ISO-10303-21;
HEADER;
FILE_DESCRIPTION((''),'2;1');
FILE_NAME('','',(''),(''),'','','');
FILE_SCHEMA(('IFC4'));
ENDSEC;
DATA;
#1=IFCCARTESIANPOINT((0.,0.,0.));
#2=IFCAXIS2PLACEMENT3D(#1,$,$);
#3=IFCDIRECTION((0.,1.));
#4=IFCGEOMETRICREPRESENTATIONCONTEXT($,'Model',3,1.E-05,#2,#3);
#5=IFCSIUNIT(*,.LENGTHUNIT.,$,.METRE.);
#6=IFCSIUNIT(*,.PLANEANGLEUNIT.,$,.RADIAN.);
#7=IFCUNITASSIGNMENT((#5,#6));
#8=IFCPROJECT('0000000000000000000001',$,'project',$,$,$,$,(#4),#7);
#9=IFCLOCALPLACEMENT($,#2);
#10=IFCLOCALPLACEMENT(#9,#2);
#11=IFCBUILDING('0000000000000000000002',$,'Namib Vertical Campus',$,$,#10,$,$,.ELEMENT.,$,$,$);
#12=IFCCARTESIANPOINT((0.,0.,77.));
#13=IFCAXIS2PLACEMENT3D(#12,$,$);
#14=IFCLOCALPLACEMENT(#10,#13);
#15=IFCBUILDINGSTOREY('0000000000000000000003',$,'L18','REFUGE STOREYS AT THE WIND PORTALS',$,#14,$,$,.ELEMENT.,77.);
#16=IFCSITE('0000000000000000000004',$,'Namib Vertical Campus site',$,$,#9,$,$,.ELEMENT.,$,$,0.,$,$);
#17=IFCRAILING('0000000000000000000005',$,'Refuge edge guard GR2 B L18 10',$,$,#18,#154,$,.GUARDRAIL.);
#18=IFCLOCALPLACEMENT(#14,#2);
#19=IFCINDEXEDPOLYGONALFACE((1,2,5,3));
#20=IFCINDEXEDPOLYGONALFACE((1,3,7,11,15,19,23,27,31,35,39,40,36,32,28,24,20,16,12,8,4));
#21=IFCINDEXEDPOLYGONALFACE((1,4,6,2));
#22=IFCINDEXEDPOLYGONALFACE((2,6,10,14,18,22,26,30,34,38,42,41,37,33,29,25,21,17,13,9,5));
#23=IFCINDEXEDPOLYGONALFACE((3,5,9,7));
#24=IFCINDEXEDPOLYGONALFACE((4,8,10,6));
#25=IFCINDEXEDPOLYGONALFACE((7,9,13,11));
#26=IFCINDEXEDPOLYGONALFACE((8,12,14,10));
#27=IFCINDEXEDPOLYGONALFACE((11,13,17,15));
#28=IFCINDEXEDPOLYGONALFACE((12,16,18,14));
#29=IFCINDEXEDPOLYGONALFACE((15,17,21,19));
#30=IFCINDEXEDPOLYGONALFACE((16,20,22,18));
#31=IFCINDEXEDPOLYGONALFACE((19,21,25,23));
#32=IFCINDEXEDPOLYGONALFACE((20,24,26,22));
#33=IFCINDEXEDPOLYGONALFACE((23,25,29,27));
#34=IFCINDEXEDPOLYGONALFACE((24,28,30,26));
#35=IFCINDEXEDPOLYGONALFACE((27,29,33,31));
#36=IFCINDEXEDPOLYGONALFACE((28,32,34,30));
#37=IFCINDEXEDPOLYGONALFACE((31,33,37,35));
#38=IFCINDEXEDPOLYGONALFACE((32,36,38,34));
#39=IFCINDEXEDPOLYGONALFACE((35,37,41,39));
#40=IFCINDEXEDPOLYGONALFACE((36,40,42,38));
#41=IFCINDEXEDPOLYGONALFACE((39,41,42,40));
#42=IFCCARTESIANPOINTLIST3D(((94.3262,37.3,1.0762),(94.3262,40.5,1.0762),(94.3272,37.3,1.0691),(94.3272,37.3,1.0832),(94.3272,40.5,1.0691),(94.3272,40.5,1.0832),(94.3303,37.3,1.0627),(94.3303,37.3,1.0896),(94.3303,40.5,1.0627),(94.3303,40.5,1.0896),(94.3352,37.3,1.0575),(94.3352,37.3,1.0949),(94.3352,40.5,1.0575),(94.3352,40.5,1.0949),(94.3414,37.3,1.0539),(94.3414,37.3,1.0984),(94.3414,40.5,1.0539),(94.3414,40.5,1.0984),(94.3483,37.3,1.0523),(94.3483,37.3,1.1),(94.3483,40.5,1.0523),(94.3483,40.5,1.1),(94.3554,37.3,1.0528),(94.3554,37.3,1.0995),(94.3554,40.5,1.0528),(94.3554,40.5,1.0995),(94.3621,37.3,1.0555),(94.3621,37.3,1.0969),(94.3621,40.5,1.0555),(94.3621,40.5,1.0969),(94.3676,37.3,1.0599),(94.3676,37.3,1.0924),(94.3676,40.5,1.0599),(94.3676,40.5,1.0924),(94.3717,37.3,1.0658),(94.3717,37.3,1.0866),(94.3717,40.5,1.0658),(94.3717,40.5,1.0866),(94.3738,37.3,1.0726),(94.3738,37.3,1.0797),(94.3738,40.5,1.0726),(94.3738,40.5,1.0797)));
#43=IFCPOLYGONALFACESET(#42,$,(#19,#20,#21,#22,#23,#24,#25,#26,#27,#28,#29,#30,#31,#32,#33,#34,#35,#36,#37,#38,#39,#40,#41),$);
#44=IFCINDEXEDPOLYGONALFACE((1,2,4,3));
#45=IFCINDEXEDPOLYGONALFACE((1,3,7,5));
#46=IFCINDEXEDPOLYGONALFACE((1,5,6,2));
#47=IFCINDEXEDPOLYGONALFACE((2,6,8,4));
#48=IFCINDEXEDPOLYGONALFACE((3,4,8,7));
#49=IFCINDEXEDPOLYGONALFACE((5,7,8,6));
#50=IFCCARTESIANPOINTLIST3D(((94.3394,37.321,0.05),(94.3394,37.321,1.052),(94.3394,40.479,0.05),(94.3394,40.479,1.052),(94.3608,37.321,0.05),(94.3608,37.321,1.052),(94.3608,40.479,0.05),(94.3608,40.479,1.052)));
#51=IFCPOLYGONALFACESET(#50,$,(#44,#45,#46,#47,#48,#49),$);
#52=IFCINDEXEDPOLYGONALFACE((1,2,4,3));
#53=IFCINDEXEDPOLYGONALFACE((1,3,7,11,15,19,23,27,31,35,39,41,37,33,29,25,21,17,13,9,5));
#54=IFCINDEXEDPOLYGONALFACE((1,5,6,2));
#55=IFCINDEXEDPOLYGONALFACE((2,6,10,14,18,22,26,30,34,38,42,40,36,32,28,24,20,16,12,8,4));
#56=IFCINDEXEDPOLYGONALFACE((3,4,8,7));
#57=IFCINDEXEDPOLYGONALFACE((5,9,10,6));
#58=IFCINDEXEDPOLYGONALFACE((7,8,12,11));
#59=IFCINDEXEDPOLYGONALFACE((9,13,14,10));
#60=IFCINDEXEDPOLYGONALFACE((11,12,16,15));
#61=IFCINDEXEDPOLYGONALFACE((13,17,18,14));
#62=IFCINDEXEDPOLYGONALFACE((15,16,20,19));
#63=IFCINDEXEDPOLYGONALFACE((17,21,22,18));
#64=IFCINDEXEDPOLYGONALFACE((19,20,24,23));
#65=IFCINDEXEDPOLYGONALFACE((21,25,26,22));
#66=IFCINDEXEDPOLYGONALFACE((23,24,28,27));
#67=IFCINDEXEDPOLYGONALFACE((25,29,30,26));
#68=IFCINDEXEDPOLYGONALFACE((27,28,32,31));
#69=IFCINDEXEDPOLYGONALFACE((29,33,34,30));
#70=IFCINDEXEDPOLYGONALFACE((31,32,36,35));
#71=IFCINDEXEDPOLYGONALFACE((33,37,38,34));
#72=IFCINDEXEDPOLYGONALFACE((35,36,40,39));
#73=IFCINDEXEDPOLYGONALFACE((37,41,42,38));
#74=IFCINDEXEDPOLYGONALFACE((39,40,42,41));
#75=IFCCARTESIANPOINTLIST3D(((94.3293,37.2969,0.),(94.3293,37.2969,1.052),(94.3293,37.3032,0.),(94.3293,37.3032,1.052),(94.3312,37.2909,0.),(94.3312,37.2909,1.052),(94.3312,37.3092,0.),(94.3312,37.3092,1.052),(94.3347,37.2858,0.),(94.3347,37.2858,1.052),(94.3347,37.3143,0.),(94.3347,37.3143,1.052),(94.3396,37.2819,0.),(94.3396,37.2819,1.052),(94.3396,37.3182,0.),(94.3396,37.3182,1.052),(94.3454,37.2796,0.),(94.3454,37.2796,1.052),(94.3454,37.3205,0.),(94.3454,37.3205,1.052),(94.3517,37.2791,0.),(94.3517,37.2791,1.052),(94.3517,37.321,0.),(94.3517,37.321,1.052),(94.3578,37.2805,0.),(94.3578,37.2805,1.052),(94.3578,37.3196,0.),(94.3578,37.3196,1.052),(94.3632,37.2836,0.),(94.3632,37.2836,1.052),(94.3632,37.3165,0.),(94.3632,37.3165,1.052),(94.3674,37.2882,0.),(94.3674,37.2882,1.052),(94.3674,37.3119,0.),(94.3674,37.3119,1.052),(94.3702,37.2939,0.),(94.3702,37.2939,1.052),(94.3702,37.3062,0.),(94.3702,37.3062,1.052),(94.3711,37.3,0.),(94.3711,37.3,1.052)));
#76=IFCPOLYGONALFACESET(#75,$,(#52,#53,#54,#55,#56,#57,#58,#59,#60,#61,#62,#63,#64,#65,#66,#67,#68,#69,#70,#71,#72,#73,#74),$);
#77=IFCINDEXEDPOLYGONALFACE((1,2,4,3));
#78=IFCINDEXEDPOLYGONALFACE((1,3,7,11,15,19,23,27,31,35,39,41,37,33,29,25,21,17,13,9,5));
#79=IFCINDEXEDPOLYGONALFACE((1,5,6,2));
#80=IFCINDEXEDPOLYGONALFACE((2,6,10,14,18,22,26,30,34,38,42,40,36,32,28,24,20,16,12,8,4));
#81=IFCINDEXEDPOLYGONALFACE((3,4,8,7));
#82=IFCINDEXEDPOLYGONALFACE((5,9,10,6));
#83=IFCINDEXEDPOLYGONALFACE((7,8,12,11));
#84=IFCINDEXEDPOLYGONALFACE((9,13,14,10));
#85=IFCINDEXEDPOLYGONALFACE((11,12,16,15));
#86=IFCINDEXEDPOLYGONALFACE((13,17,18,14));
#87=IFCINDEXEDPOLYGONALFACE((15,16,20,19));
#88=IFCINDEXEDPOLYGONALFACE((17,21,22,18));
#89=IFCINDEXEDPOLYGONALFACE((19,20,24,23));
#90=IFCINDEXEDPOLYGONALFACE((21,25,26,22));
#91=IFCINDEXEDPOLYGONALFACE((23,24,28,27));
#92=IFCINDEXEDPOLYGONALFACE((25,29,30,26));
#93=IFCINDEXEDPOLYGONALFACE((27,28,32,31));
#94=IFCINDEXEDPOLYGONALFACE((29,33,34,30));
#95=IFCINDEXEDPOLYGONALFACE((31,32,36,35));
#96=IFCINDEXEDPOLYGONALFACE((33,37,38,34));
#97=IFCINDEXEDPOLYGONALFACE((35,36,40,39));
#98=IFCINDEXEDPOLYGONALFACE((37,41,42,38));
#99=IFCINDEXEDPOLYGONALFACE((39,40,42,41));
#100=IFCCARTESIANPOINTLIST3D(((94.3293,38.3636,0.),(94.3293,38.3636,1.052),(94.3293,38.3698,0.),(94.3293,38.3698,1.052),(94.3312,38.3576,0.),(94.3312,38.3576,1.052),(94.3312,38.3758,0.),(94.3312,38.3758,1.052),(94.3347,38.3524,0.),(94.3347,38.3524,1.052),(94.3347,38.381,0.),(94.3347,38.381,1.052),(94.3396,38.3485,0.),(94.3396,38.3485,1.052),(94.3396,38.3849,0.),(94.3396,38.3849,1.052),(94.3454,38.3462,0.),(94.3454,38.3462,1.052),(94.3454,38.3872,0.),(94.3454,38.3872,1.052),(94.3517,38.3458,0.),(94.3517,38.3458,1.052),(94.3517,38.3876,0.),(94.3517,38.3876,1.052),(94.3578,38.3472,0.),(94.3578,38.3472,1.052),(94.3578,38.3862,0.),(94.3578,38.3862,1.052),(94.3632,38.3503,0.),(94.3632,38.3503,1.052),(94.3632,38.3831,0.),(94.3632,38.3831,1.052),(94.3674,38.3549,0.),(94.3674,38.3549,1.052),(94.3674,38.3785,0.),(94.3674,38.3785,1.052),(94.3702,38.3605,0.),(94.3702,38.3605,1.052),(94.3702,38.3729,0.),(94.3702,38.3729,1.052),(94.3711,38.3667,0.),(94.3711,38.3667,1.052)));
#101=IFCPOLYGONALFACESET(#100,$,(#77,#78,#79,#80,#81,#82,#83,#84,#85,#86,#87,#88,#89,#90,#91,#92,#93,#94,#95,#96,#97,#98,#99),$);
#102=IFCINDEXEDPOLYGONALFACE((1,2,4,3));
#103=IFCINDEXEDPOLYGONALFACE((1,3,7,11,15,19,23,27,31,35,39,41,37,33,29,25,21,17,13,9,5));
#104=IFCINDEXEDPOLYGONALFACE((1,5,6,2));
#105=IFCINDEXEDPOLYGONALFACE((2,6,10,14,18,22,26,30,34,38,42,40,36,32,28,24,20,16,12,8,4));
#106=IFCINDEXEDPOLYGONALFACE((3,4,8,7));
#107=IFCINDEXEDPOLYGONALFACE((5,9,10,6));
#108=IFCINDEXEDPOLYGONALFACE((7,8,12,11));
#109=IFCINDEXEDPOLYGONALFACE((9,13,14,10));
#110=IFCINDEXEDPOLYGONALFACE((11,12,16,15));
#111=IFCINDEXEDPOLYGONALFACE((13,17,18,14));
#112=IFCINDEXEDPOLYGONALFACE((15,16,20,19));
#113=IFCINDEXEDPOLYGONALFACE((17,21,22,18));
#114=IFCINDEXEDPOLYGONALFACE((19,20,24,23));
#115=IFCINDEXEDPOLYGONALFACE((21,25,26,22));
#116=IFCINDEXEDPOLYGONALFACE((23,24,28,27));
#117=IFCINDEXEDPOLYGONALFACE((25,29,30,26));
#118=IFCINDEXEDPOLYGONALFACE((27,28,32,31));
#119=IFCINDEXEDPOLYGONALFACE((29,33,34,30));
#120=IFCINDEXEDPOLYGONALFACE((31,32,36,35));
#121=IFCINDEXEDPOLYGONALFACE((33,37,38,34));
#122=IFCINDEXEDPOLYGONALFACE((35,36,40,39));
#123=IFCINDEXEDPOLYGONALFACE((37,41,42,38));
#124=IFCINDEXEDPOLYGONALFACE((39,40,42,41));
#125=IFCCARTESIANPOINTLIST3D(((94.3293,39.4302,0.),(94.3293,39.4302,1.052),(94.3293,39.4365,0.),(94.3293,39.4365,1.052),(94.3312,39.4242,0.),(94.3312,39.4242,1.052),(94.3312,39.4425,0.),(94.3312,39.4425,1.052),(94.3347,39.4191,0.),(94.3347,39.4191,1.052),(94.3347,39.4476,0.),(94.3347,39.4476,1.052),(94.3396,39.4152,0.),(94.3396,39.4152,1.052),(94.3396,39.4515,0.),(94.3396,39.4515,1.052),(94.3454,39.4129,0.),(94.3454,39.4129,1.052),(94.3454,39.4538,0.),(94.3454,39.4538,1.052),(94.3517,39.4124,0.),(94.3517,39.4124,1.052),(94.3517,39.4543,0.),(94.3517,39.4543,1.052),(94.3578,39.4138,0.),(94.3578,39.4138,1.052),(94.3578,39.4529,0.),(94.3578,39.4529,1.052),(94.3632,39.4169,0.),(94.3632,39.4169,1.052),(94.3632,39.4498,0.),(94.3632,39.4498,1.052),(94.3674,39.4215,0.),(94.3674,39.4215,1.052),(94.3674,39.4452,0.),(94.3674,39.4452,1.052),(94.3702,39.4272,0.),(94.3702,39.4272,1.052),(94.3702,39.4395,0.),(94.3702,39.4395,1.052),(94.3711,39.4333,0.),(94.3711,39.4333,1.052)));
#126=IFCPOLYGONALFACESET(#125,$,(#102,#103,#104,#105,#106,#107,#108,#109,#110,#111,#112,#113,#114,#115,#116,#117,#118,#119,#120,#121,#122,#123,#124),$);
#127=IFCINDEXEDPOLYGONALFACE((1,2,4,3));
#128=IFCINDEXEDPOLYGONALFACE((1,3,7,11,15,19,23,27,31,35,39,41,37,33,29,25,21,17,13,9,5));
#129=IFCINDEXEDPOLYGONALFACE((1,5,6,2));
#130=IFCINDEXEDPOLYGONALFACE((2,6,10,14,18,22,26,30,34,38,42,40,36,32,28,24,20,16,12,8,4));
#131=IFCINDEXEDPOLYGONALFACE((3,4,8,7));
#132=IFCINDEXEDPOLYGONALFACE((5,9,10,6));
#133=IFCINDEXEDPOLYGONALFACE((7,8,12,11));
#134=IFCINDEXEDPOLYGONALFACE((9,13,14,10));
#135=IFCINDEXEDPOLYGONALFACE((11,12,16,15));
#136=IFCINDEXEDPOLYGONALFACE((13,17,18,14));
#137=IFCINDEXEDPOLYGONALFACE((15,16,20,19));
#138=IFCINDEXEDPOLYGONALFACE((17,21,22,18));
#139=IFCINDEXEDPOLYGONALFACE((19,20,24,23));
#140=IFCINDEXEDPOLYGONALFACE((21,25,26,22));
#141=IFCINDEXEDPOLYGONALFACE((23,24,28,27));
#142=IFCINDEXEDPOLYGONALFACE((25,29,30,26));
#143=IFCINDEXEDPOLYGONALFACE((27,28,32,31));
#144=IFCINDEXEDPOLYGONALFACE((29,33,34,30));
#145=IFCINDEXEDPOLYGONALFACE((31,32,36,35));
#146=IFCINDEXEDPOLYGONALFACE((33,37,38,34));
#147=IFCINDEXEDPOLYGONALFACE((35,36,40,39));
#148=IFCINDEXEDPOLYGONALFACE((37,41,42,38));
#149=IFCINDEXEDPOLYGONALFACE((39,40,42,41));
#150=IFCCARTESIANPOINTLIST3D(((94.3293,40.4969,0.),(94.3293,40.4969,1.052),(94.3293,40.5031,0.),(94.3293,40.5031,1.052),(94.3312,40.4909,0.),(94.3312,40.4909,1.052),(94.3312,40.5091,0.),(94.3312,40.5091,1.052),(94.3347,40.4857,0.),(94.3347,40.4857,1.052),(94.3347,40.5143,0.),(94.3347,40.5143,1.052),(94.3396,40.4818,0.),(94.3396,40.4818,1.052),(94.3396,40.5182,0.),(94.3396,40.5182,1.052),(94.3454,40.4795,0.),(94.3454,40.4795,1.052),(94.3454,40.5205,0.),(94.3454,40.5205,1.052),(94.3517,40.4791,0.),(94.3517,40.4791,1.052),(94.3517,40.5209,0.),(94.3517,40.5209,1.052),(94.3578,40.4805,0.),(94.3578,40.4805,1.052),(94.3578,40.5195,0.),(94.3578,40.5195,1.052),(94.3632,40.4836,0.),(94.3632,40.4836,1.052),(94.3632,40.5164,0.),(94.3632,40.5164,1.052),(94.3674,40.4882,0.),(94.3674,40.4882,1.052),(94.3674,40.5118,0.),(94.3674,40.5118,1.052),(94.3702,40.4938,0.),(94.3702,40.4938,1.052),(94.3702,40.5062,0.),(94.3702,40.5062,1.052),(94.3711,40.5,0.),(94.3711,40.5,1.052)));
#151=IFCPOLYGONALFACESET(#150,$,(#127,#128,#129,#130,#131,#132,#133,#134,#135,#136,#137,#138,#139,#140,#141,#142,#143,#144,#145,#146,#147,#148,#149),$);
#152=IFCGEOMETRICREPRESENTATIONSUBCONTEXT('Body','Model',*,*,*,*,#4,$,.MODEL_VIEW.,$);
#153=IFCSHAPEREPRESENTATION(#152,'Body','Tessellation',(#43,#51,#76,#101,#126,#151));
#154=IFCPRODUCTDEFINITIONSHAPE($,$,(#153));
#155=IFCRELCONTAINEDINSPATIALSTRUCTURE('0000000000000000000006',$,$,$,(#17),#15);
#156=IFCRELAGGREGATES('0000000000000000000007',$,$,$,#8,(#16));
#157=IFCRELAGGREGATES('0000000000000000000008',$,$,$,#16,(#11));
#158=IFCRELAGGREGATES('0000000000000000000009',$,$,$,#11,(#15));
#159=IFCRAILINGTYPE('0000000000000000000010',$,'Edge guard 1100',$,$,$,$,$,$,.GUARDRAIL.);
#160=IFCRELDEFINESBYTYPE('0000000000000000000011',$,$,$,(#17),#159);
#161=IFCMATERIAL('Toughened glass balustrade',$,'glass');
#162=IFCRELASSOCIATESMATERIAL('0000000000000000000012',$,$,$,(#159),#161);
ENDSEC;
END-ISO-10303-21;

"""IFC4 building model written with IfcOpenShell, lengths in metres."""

from ifc_helpers import new_model, si_unit, direction, frame, origin, origin_2d, place, context, subcontext, project, spatial, polyline, circle, outline, extrude, material, type_object, element, save


model = new_model("IFC4")

# Units and contexts
model_context = context("Model", 3, precision=1e-05, world=origin(), true_north=direction((0.0, 1.0)))
body_context = subcontext(model_context, "Body", "Model", "MODEL_VIEW")
ifc_project = project(units=[si_unit("LENGTHUNIT", "METRE"), si_unit("PLANEANGLEUNIT", "RADIAN")], contexts=[model_context])

# Site, building, storey
site_placement = place(None, origin())
site = spatial("IfcSite", under=ifc_project, at=site_placement, Name="Namib Vertical Campus site", CompositionType="ELEMENT", RefElevation=0.0)
building_placement = place(site_placement, origin())
building = spatial("IfcBuilding", under=site, at=building_placement, Name="Namib Vertical Campus", CompositionType="ELEMENT")
storey_placement = place(building_placement, frame((0.0, 0.0, 77.0)))
storey = spatial("IfcBuildingStorey", under=building, at=storey_placement, Name="L18", Description="REFUGE STOREYS AT THE WIND PORTALS", CompositionType="ELEMENT", Elevation=77.0)

# Railing
ifc_material_1 = material(Name="Toughened glass balustrade", Category="glass")
railing_type_1 = type_object("IfcRailingType", Name="Edge guard 1100", PredefinedType="GUARDRAIL", material=ifc_material_1)
railing_1_placement = place(storey_placement, frame((94.3501, 37.3, 0.0)))
element("IfcRailing", 1, at=railing_1_placement, inside=storey, type_object=railing_type_1, Name="Refuge edge guard GR2 B L18 10", PredefinedType="GUARDRAIL", context=body_context, shape_type="SweptSolid", body=[
    extrude(circle(Radius=0.0239, at=origin_2d()), frame((0.0, 0.0, 1.0762), z_axis=(0.0, 1.0, 0.0), x_axis=(-1.0, 0.0, 0.0)), (0.0, 0.0, 1.0), 3.2),
    extrude(outline(polyline([(0.021, 0.05), (3.179, 0.05), (3.179, 1.052), (0.021, 1.052), (0.021, 0.05)])), frame((-0.0107, 0.0, 0.0), z_axis=(1.0, 0.0, 0.0), x_axis=(0.0, 1.0, 0.0)), (0.0, 0.0, 1.0), 0.0215),
    extrude(circle(Radius=0.021, at=origin_2d()), origin(), (0.0, 0.0, 1.0), 1.052),
    extrude(circle(Radius=0.021, at=origin_2d()), frame((0.0, 1.0667, 0.0)), (0.0, 0.0, 1.0), 1.052),
    extrude(circle(Radius=0.021, at=origin_2d()), frame((0.0, 2.1333, 0.0)), (0.0, 0.0, 1.0), 1.052),
    extrude(circle(Radius=0.021, at=origin_2d()), frame((0.0, 3.2, 0.0)), (0.0, 0.0, 1.0), 1.052),
])

save(model, "model.ifc")
